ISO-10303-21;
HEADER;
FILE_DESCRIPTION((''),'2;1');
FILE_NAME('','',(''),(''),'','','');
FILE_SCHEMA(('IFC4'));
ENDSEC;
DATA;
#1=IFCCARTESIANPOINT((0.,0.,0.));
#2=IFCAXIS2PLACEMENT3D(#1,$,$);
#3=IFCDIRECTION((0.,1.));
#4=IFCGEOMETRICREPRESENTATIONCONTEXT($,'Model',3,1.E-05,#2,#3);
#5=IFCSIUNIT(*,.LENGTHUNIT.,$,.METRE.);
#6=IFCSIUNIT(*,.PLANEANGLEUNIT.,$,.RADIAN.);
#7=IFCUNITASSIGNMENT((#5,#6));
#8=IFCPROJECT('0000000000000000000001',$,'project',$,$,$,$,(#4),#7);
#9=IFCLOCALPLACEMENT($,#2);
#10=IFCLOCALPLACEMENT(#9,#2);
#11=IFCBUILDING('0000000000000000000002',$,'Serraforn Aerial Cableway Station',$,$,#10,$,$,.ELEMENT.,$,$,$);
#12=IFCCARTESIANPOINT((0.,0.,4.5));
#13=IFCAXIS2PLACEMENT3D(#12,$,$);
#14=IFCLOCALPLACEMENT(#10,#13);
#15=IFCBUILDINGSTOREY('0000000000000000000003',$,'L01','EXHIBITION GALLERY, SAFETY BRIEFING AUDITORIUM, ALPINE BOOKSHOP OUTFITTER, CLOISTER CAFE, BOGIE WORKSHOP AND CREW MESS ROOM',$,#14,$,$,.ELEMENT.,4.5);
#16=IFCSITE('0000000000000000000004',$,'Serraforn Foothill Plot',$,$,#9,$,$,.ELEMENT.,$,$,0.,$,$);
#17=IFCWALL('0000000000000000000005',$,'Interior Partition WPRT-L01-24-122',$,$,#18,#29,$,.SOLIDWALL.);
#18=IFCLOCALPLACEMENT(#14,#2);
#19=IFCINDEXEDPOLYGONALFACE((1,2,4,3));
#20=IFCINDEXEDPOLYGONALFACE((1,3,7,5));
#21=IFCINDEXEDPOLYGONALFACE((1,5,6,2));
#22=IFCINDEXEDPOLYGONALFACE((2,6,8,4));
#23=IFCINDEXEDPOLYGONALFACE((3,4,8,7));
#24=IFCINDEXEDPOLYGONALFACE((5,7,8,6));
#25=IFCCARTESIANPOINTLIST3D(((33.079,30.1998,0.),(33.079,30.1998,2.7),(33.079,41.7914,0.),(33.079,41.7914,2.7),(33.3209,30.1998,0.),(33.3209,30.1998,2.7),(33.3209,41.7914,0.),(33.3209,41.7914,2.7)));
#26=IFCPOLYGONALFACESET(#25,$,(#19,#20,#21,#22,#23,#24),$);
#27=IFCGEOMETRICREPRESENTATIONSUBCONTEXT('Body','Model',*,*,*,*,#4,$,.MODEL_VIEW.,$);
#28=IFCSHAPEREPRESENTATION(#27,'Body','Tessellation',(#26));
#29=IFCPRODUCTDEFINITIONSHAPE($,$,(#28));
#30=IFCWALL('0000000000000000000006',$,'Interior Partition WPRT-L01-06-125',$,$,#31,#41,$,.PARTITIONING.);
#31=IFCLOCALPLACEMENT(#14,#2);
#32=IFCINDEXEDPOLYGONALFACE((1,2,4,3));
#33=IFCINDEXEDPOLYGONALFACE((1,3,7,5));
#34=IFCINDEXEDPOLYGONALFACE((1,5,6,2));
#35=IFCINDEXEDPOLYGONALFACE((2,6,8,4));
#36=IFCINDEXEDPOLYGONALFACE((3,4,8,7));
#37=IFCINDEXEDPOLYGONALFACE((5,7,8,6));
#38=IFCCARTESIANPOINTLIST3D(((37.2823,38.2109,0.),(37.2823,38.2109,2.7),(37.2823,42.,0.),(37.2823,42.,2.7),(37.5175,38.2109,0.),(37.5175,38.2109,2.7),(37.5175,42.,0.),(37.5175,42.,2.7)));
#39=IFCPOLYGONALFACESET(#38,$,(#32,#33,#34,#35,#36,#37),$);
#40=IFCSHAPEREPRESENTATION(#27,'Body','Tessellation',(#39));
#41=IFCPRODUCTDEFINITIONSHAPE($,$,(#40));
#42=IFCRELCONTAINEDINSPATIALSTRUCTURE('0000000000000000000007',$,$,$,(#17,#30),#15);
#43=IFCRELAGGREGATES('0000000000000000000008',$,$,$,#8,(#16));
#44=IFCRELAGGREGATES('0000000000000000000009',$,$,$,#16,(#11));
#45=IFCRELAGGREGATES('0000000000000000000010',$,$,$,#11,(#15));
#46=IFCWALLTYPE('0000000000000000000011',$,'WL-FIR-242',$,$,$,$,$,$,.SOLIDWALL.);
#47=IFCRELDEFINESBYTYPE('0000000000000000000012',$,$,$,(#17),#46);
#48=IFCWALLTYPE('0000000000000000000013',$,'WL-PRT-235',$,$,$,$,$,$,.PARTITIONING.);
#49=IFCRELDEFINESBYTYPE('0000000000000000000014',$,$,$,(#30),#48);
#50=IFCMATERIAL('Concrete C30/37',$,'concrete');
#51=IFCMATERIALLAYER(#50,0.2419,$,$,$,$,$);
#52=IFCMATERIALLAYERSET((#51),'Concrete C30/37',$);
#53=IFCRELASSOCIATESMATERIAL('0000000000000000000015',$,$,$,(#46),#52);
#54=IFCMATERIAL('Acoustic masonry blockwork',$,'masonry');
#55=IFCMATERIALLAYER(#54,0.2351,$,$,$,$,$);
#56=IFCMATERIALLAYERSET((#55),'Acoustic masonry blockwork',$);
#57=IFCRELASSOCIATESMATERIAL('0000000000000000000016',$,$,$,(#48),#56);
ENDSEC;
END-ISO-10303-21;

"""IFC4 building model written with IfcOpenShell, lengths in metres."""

from ifc_helpers import new_model, si_unit, direction, frame, frame_2d, origin, place, context, subcontext, project, spatial, rectangle, extrude, material, layer, layer_set, type_object, element, save


model = new_model("IFC4")

# Units and contexts
model_context = context("Model", 3, precision=1e-05, world=origin(), true_north=direction((0.0, 1.0)))
body_context = subcontext(model_context, "Body", "Model", "MODEL_VIEW")
ifc_project = project(units=[si_unit("LENGTHUNIT", "METRE"), si_unit("PLANEANGLEUNIT", "RADIAN")], contexts=[model_context])

# Site, building, storey
site_placement = place(None, origin())
site = spatial("IfcSite", under=ifc_project, at=site_placement, Name="Serraforn Foothill Plot", CompositionType="ELEMENT", RefElevation=0.0)
building_placement = place(site_placement, origin())
building = spatial("IfcBuilding", under=site, at=building_placement, Name="Serraforn Aerial Cableway Station", CompositionType="ELEMENT")
storey_placement = place(building_placement, frame((0.0, 0.0, 4.5)))
storey = spatial("IfcBuildingStorey", under=building, at=storey_placement, Name="L01", Description="EXHIBITION GALLERY, SAFETY BRIEFING AUDITORIUM, ALPINE BOOKSHOP OUTFITTER, CLOISTER CAFE, BOGIE WORKSHOP AND CREW MESS ROOM", CompositionType="ELEMENT", Elevation=4.5)

# Walls
ifc_material_1 = material(Name="Concrete C30/37", Category="concrete")
ifc_layer_1 = layer(ifc_material_1, 0.2419)
ifc_layer_set_1 = layer_set([ifc_layer_1], Name="Concrete C30/37")
wall_type_1 = type_object("IfcWallType", Name="WL-FIR-242", PredefinedType="SOLIDWALL", material=ifc_layer_set_1)
wall_1_placement = place(storey_placement, frame((33.2, 41.7915, 0.0), z_axis=(0.0, 0.0, 1.0), x_axis=(0.0, -1.0, 0.0)))
element("IfcWall", 1, at=wall_1_placement, inside=storey, type_object=wall_type_1, Name="Interior Partition WPRT-L01-24-122", PredefinedType="SOLIDWALL", context=body_context, shape_type="SweptSolid", body=[
    extrude(rectangle(XDim=11.5916, YDim=0.2419, at=frame_2d((5.7959, 0.0))), origin(), (0.0, 0.0, 1.0), 2.7),
])
ifc_material_2 = material(Name="Acoustic masonry blockwork", Category="masonry")
ifc_layer_2 = layer(ifc_material_2, 0.2351)
ifc_layer_set_2 = layer_set([ifc_layer_2], Name="Acoustic masonry blockwork")
wall_type_2 = type_object("IfcWallType", Name="WL-PRT-235", PredefinedType="PARTITIONING", material=ifc_layer_set_2)
wall_2_placement = place(storey_placement, frame((37.3999, 38.2109, 0.0), z_axis=(0.0, 0.0, 1.0), x_axis=(0.0, 1.0, 0.0)))
element("IfcWall", 2, at=wall_2_placement, inside=storey, type_object=wall_type_2, Name="Interior Partition WPRT-L01-06-125", PredefinedType="PARTITIONING", context=body_context, shape_type="SweptSolid", body=[
    extrude(rectangle(XDim=3.7891, YDim=0.2351, at=frame_2d((1.8945, 0.0))), origin(), (0.0, 0.0, 1.0), 2.7),
])

save(model, "model.ifc")
